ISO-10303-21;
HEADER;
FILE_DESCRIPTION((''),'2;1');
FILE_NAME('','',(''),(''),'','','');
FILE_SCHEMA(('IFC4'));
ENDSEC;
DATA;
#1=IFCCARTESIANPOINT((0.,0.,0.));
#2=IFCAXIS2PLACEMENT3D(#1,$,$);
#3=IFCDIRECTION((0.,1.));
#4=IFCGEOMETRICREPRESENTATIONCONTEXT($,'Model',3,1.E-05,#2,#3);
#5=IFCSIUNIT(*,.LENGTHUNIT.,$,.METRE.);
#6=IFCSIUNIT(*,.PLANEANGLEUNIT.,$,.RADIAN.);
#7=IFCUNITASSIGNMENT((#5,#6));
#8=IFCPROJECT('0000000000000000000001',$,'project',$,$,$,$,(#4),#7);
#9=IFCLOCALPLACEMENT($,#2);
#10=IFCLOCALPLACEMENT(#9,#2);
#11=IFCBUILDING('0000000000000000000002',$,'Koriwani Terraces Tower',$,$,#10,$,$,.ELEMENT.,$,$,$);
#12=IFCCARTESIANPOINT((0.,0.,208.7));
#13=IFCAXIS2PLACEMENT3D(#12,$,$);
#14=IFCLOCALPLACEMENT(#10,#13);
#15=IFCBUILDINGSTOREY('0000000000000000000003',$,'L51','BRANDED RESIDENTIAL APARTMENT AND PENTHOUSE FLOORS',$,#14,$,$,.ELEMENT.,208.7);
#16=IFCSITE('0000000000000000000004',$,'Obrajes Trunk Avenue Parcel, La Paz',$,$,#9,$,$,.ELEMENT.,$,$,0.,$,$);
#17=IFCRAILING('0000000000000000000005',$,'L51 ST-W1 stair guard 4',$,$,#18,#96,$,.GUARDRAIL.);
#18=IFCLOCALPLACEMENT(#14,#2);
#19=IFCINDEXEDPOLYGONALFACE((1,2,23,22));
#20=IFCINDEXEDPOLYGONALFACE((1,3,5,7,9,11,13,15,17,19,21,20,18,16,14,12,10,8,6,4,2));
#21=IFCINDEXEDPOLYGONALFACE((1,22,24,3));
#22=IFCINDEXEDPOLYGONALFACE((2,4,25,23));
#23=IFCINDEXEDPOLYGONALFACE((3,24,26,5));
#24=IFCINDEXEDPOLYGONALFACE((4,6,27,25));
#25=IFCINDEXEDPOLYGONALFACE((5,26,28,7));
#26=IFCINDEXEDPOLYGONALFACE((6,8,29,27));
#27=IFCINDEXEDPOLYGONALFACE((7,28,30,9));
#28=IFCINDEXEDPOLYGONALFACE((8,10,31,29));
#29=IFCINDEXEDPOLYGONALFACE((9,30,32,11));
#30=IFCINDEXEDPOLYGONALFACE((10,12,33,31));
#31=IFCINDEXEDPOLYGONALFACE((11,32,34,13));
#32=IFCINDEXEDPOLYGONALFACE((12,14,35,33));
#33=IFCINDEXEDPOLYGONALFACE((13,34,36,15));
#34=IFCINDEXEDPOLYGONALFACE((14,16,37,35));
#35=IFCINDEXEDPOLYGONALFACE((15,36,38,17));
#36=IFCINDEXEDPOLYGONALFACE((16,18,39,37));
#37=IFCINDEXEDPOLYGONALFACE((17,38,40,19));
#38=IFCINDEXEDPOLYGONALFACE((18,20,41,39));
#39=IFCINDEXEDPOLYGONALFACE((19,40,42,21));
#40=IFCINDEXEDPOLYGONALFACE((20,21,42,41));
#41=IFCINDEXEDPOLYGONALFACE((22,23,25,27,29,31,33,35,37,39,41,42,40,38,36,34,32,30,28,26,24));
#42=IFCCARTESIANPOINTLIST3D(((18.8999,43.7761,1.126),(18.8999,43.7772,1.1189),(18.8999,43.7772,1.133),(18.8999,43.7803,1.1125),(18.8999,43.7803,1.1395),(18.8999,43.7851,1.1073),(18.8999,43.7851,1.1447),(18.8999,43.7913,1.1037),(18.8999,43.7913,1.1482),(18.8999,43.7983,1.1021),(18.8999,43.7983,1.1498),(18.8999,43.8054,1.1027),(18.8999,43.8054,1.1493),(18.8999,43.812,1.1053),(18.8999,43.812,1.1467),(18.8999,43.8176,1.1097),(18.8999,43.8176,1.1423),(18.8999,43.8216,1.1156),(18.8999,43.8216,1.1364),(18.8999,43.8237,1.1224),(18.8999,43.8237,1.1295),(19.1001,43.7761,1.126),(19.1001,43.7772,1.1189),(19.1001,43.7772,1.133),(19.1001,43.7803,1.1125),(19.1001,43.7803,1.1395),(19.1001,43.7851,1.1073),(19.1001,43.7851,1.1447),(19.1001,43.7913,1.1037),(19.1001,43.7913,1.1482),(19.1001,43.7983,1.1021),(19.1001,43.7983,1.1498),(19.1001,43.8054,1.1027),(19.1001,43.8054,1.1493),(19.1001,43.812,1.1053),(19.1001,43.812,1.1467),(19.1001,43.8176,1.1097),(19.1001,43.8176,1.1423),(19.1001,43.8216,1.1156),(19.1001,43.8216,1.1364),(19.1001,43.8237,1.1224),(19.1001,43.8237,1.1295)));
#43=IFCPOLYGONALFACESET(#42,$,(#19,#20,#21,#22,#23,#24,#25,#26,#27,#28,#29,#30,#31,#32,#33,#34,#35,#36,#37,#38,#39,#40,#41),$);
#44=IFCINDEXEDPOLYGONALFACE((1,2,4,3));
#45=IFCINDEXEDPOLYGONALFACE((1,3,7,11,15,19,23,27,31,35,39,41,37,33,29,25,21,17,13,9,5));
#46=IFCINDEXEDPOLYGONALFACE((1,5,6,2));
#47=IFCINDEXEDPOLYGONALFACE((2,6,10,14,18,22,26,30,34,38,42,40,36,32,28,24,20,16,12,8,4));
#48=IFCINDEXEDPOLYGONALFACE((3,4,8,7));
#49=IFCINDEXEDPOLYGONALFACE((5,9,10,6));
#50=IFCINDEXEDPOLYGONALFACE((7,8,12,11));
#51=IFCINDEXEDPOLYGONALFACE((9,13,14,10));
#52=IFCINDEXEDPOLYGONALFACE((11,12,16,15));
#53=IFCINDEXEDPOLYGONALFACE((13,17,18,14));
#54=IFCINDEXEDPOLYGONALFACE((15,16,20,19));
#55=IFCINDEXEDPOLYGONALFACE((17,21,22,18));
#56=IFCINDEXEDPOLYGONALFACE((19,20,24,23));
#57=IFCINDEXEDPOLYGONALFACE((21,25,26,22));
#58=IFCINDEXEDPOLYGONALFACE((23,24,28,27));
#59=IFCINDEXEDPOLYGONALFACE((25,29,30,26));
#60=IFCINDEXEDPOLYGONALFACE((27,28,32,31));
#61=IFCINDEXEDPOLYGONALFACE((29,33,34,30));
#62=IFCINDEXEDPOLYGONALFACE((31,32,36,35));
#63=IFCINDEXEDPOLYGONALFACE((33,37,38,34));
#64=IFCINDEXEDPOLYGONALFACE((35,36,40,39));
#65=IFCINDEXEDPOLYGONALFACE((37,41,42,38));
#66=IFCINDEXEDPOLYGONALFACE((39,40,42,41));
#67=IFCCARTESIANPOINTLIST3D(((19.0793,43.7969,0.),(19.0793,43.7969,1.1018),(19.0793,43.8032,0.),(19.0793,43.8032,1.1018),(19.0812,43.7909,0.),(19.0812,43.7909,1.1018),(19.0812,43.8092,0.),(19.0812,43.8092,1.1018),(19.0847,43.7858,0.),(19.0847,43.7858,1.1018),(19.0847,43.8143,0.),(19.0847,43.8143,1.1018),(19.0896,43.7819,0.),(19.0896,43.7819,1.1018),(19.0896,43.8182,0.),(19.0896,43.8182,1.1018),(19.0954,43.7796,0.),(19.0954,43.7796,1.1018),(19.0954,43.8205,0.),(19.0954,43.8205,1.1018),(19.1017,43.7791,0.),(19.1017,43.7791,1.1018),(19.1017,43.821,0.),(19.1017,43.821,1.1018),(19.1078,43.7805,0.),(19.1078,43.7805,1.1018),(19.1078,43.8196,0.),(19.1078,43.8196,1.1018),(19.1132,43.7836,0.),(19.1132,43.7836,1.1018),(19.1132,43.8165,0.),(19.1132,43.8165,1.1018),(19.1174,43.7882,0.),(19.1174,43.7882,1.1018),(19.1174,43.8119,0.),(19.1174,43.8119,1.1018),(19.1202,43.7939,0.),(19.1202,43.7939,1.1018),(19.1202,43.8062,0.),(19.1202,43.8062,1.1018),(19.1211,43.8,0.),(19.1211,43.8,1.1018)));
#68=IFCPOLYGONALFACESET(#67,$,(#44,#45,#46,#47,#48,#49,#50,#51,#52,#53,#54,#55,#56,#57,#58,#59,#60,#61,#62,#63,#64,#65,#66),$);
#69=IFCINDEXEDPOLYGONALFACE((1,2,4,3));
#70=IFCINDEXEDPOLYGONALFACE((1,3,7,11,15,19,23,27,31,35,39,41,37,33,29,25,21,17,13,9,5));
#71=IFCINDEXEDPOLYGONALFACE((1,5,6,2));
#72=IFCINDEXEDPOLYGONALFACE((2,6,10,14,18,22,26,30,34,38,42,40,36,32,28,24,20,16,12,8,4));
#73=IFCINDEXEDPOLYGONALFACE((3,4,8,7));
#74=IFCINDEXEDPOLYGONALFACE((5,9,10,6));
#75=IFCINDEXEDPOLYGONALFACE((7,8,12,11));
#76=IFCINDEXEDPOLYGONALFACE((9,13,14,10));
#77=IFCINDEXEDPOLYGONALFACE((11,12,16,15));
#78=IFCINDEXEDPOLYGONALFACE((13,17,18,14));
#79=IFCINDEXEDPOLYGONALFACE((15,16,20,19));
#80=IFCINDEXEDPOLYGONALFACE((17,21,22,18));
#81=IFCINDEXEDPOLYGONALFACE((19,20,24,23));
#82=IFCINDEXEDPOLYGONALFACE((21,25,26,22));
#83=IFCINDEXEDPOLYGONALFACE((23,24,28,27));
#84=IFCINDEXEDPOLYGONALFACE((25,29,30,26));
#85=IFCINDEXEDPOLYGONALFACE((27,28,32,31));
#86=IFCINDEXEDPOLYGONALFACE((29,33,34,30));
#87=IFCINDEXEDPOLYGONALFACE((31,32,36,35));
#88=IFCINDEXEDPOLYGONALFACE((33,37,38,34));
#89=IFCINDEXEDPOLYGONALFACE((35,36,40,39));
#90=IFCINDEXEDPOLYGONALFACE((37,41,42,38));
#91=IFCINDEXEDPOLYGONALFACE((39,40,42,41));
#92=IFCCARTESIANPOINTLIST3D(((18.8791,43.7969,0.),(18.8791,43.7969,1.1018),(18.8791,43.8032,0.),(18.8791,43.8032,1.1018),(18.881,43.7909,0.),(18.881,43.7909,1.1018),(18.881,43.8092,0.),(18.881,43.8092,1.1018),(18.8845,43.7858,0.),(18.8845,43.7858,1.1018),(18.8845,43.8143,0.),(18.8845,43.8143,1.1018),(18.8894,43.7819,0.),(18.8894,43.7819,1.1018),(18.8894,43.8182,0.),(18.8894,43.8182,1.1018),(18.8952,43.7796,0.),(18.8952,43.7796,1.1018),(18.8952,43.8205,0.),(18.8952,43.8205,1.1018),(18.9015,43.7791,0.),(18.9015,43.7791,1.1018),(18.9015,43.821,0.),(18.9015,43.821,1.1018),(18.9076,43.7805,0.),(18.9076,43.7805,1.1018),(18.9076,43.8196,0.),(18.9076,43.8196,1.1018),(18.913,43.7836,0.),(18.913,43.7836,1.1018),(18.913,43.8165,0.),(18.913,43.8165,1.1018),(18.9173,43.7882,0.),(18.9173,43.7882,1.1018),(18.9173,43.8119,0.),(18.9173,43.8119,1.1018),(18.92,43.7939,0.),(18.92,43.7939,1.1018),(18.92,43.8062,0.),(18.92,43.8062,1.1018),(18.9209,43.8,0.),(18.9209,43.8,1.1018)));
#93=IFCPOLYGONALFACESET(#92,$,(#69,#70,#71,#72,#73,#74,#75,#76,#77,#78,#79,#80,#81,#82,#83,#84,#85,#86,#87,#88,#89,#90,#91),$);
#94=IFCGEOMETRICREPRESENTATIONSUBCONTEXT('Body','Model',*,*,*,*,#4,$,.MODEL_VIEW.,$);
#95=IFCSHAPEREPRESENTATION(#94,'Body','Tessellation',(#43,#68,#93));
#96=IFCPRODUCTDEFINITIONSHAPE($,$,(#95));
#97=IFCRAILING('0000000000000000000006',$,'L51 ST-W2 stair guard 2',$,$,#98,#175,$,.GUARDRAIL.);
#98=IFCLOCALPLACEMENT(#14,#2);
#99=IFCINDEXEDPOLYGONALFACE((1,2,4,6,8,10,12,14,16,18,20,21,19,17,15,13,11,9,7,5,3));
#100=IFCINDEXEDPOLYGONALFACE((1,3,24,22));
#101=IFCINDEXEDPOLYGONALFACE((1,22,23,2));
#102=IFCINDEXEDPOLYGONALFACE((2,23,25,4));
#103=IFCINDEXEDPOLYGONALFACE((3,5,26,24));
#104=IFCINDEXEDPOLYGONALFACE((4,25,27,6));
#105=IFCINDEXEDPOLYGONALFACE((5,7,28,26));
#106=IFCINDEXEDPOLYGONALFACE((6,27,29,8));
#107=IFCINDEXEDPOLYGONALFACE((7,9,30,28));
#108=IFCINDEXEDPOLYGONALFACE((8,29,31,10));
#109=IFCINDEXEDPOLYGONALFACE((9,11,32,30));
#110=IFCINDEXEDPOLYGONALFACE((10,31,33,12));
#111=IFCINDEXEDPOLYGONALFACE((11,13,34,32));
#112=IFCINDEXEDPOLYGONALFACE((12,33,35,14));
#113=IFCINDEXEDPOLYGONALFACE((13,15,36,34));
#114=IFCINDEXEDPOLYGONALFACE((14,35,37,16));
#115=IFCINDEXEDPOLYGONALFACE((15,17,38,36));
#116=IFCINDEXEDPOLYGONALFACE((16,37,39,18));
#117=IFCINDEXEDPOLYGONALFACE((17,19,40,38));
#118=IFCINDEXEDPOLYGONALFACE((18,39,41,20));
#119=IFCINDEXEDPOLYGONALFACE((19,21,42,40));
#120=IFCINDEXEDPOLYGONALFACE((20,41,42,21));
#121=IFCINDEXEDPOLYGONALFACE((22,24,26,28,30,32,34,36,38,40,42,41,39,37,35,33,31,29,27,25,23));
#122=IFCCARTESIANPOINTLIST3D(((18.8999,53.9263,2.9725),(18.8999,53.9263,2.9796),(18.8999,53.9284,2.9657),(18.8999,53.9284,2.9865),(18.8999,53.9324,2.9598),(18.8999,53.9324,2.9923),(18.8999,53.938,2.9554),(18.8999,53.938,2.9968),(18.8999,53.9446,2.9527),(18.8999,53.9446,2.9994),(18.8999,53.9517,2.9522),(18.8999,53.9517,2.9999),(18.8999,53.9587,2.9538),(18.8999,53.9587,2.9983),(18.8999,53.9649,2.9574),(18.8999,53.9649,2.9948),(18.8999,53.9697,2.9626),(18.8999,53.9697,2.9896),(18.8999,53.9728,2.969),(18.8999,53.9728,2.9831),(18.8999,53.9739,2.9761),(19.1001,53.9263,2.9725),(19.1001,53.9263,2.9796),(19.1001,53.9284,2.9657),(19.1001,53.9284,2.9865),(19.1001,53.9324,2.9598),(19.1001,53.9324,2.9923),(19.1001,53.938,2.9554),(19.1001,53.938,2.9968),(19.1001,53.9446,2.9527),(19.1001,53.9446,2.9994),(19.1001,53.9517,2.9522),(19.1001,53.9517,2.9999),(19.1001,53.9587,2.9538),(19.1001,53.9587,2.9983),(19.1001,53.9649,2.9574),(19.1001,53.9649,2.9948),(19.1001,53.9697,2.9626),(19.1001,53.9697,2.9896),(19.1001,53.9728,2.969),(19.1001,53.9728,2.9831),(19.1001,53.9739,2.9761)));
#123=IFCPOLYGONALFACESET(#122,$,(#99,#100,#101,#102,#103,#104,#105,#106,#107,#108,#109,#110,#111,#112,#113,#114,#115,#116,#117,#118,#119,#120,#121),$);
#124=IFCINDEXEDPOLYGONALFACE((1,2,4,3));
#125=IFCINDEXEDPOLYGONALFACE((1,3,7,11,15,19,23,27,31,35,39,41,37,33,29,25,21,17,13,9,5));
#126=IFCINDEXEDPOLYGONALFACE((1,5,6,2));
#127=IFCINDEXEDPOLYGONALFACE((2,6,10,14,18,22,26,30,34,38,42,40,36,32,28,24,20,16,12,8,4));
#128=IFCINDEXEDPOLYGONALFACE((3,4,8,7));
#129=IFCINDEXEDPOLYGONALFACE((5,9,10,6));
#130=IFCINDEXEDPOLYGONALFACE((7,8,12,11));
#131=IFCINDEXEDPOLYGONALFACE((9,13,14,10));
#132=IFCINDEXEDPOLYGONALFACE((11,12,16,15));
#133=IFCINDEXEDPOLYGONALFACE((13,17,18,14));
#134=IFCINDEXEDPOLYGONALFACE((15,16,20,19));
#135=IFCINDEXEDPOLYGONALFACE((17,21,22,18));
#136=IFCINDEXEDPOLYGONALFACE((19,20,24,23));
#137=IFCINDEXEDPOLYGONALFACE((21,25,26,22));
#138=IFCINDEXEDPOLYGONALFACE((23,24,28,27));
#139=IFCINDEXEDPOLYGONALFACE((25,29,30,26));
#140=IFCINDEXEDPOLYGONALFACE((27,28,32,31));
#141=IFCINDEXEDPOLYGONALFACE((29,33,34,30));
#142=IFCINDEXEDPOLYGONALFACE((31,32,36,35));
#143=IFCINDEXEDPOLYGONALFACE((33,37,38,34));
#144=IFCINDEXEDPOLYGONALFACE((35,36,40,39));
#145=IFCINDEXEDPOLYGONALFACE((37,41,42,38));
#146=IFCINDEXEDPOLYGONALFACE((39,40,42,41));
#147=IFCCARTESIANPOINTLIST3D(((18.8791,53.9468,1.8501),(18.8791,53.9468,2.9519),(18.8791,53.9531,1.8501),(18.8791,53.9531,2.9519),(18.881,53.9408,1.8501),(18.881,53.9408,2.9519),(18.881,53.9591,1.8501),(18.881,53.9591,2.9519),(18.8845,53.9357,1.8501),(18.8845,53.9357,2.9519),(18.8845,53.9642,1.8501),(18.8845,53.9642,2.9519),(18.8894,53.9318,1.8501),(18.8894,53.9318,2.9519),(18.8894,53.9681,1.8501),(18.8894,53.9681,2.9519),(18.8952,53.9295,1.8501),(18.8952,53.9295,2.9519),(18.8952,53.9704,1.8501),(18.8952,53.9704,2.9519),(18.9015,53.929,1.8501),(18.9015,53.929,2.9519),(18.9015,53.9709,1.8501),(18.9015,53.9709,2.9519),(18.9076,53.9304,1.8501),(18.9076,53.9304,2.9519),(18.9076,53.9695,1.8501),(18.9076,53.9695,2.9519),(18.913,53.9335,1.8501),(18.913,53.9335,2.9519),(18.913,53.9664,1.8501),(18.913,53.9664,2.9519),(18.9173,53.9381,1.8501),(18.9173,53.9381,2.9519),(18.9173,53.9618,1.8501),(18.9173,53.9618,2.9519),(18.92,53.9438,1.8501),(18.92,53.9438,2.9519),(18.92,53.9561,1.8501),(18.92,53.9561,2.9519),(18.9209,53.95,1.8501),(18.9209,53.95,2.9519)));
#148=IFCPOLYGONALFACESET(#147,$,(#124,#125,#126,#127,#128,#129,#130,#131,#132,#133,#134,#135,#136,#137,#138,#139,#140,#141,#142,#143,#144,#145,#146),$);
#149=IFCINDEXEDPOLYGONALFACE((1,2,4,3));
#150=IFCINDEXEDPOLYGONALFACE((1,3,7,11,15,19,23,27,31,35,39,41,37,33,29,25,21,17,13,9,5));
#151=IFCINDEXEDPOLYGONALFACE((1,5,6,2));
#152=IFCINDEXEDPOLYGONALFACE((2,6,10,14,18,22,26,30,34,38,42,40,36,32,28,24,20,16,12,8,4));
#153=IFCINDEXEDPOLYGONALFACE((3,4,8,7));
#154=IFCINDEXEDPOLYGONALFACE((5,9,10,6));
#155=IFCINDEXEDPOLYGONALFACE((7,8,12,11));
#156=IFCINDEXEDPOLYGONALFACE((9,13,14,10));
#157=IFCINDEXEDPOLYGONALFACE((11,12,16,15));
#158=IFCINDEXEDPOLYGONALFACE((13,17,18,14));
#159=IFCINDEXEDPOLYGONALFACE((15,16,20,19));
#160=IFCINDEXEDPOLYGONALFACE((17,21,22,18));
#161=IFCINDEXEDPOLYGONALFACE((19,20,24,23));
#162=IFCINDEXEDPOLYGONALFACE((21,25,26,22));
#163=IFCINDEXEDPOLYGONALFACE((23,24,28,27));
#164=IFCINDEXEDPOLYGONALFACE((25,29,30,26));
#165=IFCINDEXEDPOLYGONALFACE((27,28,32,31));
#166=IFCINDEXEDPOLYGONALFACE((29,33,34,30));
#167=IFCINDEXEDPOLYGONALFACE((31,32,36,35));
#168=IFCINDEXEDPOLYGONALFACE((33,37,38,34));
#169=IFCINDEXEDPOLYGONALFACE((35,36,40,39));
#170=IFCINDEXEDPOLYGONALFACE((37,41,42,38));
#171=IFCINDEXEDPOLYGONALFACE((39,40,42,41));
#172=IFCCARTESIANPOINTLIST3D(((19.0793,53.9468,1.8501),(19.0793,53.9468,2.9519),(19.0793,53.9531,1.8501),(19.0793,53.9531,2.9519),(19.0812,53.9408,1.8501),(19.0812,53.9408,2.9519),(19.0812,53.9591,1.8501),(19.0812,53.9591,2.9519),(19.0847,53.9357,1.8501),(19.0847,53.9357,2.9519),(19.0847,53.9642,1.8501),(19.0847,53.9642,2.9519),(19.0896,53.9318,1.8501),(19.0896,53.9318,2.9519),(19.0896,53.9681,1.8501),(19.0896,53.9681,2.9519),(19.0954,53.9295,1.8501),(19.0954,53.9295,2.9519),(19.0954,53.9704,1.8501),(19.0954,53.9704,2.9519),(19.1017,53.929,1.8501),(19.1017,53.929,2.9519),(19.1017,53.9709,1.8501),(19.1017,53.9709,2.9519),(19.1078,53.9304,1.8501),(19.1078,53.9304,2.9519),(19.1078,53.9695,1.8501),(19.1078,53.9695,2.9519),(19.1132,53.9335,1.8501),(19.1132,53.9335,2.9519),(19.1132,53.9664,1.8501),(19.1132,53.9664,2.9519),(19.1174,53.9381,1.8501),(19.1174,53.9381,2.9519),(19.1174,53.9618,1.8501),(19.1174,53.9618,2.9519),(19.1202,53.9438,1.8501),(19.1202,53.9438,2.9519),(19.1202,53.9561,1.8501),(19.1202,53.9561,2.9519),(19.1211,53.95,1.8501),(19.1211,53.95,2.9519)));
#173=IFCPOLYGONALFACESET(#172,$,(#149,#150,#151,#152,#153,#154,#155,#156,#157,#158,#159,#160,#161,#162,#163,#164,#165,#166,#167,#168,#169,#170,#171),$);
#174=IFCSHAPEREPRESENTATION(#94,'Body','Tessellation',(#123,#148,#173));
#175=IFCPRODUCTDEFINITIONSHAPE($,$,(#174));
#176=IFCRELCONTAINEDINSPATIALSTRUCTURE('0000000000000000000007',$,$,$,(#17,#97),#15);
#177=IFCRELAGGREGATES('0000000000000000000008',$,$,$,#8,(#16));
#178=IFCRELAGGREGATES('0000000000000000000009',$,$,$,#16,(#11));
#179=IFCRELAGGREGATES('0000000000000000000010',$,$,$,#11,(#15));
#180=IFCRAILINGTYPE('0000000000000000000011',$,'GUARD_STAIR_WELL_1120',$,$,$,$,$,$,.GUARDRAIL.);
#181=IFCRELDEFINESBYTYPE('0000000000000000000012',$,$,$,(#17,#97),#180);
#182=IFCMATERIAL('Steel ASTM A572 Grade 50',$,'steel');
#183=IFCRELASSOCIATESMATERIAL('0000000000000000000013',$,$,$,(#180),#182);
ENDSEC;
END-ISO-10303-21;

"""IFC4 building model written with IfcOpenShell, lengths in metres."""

from ifc_helpers import new_model, si_unit, direction, frame, origin, origin_2d, place, context, subcontext, project, spatial, circle, extrude, material, type_object, element, save


model = new_model("IFC4")

# Units and contexts
model_context = context("Model", 3, precision=1e-05, world=origin(), true_north=direction((0.0, 1.0)))
body_context = subcontext(model_context, "Body", "Model", "MODEL_VIEW")
ifc_project = project(units=[si_unit("LENGTHUNIT", "METRE"), si_unit("PLANEANGLEUNIT", "RADIAN")], contexts=[model_context])

# Site, building, storey
site_placement = place(None, origin())
site = spatial("IfcSite", under=ifc_project, at=site_placement, Name="Obrajes Trunk Avenue Parcel, La Paz", CompositionType="ELEMENT", RefElevation=0.0)
building_placement = place(site_placement, origin())
building = spatial("IfcBuilding", under=site, at=building_placement, Name="Koriwani Terraces Tower", CompositionType="ELEMENT")
storey_placement = place(building_placement, frame((0.0, 0.0, 208.7)))
storey = spatial("IfcBuildingStorey", under=building, at=storey_placement, Name="L51", Description="BRANDED RESIDENTIAL APARTMENT AND PENTHOUSE FLOORS", CompositionType="ELEMENT", Elevation=208.7)

# Shared definitions
ifc_material_1 = material(Name="Steel ASTM A572 Grade 50", Category="steel")

# Railings
railing_type_1 = type_object("IfcRailingType", Name="GUARD_STAIR_WELL_1120", PredefinedType="GUARDRAIL", material=ifc_material_1)
railing_1_placement = place(storey_placement, frame((19.1001, 43.8, 0.0)))
element("IfcRailing", 1, at=railing_1_placement, inside=storey, type_object=railing_type_1, Name="L51 ST-W1 stair guard 4", PredefinedType="GUARDRAIL", context=body_context, shape_type="SweptSolid", body=[
    extrude(circle(Radius=0.0239, at=origin_2d()), frame((0.0, 0.0, 1.126), z_axis=(-1.0, 0.0, 0.0), x_axis=(0.0, -1.0, 0.0)), (0.0, 0.0, 1.0), 0.2002),
    extrude(circle(Radius=0.021, at=origin_2d()), origin(), (0.0, 0.0, 1.0), 1.1018),
    extrude(circle(Radius=0.021, at=origin_2d()), frame((-0.2002, 0.0, 0.0)), (0.0, 0.0, 1.0), 1.1018),
])
railing_2_placement = place(storey_placement, frame((18.8999, 53.95, 1.8501)))
element("IfcRailing", 2, at=railing_2_placement, inside=storey, type_object=railing_type_1, Name="L51 ST-W2 stair guard 2", PredefinedType="GUARDRAIL", context=body_context, shape_type="SweptSolid", body=[
    extrude(circle(Radius=0.0239, at=origin_2d()), frame((0.0, 0.0, 1.126), z_axis=(1.0, 0.0, 0.0), x_axis=(0.0, 1.0, 0.0)), (0.0, 0.0, 1.0), 0.2002),
    extrude(circle(Radius=0.021, at=origin_2d()), origin(), (0.0, 0.0, 1.0), 1.1018),
    extrude(circle(Radius=0.021, at=origin_2d()), frame((0.2002, 0.0, 0.0)), (0.0, 0.0, 1.0), 1.1018),
])

save(model, "model.ifc")
